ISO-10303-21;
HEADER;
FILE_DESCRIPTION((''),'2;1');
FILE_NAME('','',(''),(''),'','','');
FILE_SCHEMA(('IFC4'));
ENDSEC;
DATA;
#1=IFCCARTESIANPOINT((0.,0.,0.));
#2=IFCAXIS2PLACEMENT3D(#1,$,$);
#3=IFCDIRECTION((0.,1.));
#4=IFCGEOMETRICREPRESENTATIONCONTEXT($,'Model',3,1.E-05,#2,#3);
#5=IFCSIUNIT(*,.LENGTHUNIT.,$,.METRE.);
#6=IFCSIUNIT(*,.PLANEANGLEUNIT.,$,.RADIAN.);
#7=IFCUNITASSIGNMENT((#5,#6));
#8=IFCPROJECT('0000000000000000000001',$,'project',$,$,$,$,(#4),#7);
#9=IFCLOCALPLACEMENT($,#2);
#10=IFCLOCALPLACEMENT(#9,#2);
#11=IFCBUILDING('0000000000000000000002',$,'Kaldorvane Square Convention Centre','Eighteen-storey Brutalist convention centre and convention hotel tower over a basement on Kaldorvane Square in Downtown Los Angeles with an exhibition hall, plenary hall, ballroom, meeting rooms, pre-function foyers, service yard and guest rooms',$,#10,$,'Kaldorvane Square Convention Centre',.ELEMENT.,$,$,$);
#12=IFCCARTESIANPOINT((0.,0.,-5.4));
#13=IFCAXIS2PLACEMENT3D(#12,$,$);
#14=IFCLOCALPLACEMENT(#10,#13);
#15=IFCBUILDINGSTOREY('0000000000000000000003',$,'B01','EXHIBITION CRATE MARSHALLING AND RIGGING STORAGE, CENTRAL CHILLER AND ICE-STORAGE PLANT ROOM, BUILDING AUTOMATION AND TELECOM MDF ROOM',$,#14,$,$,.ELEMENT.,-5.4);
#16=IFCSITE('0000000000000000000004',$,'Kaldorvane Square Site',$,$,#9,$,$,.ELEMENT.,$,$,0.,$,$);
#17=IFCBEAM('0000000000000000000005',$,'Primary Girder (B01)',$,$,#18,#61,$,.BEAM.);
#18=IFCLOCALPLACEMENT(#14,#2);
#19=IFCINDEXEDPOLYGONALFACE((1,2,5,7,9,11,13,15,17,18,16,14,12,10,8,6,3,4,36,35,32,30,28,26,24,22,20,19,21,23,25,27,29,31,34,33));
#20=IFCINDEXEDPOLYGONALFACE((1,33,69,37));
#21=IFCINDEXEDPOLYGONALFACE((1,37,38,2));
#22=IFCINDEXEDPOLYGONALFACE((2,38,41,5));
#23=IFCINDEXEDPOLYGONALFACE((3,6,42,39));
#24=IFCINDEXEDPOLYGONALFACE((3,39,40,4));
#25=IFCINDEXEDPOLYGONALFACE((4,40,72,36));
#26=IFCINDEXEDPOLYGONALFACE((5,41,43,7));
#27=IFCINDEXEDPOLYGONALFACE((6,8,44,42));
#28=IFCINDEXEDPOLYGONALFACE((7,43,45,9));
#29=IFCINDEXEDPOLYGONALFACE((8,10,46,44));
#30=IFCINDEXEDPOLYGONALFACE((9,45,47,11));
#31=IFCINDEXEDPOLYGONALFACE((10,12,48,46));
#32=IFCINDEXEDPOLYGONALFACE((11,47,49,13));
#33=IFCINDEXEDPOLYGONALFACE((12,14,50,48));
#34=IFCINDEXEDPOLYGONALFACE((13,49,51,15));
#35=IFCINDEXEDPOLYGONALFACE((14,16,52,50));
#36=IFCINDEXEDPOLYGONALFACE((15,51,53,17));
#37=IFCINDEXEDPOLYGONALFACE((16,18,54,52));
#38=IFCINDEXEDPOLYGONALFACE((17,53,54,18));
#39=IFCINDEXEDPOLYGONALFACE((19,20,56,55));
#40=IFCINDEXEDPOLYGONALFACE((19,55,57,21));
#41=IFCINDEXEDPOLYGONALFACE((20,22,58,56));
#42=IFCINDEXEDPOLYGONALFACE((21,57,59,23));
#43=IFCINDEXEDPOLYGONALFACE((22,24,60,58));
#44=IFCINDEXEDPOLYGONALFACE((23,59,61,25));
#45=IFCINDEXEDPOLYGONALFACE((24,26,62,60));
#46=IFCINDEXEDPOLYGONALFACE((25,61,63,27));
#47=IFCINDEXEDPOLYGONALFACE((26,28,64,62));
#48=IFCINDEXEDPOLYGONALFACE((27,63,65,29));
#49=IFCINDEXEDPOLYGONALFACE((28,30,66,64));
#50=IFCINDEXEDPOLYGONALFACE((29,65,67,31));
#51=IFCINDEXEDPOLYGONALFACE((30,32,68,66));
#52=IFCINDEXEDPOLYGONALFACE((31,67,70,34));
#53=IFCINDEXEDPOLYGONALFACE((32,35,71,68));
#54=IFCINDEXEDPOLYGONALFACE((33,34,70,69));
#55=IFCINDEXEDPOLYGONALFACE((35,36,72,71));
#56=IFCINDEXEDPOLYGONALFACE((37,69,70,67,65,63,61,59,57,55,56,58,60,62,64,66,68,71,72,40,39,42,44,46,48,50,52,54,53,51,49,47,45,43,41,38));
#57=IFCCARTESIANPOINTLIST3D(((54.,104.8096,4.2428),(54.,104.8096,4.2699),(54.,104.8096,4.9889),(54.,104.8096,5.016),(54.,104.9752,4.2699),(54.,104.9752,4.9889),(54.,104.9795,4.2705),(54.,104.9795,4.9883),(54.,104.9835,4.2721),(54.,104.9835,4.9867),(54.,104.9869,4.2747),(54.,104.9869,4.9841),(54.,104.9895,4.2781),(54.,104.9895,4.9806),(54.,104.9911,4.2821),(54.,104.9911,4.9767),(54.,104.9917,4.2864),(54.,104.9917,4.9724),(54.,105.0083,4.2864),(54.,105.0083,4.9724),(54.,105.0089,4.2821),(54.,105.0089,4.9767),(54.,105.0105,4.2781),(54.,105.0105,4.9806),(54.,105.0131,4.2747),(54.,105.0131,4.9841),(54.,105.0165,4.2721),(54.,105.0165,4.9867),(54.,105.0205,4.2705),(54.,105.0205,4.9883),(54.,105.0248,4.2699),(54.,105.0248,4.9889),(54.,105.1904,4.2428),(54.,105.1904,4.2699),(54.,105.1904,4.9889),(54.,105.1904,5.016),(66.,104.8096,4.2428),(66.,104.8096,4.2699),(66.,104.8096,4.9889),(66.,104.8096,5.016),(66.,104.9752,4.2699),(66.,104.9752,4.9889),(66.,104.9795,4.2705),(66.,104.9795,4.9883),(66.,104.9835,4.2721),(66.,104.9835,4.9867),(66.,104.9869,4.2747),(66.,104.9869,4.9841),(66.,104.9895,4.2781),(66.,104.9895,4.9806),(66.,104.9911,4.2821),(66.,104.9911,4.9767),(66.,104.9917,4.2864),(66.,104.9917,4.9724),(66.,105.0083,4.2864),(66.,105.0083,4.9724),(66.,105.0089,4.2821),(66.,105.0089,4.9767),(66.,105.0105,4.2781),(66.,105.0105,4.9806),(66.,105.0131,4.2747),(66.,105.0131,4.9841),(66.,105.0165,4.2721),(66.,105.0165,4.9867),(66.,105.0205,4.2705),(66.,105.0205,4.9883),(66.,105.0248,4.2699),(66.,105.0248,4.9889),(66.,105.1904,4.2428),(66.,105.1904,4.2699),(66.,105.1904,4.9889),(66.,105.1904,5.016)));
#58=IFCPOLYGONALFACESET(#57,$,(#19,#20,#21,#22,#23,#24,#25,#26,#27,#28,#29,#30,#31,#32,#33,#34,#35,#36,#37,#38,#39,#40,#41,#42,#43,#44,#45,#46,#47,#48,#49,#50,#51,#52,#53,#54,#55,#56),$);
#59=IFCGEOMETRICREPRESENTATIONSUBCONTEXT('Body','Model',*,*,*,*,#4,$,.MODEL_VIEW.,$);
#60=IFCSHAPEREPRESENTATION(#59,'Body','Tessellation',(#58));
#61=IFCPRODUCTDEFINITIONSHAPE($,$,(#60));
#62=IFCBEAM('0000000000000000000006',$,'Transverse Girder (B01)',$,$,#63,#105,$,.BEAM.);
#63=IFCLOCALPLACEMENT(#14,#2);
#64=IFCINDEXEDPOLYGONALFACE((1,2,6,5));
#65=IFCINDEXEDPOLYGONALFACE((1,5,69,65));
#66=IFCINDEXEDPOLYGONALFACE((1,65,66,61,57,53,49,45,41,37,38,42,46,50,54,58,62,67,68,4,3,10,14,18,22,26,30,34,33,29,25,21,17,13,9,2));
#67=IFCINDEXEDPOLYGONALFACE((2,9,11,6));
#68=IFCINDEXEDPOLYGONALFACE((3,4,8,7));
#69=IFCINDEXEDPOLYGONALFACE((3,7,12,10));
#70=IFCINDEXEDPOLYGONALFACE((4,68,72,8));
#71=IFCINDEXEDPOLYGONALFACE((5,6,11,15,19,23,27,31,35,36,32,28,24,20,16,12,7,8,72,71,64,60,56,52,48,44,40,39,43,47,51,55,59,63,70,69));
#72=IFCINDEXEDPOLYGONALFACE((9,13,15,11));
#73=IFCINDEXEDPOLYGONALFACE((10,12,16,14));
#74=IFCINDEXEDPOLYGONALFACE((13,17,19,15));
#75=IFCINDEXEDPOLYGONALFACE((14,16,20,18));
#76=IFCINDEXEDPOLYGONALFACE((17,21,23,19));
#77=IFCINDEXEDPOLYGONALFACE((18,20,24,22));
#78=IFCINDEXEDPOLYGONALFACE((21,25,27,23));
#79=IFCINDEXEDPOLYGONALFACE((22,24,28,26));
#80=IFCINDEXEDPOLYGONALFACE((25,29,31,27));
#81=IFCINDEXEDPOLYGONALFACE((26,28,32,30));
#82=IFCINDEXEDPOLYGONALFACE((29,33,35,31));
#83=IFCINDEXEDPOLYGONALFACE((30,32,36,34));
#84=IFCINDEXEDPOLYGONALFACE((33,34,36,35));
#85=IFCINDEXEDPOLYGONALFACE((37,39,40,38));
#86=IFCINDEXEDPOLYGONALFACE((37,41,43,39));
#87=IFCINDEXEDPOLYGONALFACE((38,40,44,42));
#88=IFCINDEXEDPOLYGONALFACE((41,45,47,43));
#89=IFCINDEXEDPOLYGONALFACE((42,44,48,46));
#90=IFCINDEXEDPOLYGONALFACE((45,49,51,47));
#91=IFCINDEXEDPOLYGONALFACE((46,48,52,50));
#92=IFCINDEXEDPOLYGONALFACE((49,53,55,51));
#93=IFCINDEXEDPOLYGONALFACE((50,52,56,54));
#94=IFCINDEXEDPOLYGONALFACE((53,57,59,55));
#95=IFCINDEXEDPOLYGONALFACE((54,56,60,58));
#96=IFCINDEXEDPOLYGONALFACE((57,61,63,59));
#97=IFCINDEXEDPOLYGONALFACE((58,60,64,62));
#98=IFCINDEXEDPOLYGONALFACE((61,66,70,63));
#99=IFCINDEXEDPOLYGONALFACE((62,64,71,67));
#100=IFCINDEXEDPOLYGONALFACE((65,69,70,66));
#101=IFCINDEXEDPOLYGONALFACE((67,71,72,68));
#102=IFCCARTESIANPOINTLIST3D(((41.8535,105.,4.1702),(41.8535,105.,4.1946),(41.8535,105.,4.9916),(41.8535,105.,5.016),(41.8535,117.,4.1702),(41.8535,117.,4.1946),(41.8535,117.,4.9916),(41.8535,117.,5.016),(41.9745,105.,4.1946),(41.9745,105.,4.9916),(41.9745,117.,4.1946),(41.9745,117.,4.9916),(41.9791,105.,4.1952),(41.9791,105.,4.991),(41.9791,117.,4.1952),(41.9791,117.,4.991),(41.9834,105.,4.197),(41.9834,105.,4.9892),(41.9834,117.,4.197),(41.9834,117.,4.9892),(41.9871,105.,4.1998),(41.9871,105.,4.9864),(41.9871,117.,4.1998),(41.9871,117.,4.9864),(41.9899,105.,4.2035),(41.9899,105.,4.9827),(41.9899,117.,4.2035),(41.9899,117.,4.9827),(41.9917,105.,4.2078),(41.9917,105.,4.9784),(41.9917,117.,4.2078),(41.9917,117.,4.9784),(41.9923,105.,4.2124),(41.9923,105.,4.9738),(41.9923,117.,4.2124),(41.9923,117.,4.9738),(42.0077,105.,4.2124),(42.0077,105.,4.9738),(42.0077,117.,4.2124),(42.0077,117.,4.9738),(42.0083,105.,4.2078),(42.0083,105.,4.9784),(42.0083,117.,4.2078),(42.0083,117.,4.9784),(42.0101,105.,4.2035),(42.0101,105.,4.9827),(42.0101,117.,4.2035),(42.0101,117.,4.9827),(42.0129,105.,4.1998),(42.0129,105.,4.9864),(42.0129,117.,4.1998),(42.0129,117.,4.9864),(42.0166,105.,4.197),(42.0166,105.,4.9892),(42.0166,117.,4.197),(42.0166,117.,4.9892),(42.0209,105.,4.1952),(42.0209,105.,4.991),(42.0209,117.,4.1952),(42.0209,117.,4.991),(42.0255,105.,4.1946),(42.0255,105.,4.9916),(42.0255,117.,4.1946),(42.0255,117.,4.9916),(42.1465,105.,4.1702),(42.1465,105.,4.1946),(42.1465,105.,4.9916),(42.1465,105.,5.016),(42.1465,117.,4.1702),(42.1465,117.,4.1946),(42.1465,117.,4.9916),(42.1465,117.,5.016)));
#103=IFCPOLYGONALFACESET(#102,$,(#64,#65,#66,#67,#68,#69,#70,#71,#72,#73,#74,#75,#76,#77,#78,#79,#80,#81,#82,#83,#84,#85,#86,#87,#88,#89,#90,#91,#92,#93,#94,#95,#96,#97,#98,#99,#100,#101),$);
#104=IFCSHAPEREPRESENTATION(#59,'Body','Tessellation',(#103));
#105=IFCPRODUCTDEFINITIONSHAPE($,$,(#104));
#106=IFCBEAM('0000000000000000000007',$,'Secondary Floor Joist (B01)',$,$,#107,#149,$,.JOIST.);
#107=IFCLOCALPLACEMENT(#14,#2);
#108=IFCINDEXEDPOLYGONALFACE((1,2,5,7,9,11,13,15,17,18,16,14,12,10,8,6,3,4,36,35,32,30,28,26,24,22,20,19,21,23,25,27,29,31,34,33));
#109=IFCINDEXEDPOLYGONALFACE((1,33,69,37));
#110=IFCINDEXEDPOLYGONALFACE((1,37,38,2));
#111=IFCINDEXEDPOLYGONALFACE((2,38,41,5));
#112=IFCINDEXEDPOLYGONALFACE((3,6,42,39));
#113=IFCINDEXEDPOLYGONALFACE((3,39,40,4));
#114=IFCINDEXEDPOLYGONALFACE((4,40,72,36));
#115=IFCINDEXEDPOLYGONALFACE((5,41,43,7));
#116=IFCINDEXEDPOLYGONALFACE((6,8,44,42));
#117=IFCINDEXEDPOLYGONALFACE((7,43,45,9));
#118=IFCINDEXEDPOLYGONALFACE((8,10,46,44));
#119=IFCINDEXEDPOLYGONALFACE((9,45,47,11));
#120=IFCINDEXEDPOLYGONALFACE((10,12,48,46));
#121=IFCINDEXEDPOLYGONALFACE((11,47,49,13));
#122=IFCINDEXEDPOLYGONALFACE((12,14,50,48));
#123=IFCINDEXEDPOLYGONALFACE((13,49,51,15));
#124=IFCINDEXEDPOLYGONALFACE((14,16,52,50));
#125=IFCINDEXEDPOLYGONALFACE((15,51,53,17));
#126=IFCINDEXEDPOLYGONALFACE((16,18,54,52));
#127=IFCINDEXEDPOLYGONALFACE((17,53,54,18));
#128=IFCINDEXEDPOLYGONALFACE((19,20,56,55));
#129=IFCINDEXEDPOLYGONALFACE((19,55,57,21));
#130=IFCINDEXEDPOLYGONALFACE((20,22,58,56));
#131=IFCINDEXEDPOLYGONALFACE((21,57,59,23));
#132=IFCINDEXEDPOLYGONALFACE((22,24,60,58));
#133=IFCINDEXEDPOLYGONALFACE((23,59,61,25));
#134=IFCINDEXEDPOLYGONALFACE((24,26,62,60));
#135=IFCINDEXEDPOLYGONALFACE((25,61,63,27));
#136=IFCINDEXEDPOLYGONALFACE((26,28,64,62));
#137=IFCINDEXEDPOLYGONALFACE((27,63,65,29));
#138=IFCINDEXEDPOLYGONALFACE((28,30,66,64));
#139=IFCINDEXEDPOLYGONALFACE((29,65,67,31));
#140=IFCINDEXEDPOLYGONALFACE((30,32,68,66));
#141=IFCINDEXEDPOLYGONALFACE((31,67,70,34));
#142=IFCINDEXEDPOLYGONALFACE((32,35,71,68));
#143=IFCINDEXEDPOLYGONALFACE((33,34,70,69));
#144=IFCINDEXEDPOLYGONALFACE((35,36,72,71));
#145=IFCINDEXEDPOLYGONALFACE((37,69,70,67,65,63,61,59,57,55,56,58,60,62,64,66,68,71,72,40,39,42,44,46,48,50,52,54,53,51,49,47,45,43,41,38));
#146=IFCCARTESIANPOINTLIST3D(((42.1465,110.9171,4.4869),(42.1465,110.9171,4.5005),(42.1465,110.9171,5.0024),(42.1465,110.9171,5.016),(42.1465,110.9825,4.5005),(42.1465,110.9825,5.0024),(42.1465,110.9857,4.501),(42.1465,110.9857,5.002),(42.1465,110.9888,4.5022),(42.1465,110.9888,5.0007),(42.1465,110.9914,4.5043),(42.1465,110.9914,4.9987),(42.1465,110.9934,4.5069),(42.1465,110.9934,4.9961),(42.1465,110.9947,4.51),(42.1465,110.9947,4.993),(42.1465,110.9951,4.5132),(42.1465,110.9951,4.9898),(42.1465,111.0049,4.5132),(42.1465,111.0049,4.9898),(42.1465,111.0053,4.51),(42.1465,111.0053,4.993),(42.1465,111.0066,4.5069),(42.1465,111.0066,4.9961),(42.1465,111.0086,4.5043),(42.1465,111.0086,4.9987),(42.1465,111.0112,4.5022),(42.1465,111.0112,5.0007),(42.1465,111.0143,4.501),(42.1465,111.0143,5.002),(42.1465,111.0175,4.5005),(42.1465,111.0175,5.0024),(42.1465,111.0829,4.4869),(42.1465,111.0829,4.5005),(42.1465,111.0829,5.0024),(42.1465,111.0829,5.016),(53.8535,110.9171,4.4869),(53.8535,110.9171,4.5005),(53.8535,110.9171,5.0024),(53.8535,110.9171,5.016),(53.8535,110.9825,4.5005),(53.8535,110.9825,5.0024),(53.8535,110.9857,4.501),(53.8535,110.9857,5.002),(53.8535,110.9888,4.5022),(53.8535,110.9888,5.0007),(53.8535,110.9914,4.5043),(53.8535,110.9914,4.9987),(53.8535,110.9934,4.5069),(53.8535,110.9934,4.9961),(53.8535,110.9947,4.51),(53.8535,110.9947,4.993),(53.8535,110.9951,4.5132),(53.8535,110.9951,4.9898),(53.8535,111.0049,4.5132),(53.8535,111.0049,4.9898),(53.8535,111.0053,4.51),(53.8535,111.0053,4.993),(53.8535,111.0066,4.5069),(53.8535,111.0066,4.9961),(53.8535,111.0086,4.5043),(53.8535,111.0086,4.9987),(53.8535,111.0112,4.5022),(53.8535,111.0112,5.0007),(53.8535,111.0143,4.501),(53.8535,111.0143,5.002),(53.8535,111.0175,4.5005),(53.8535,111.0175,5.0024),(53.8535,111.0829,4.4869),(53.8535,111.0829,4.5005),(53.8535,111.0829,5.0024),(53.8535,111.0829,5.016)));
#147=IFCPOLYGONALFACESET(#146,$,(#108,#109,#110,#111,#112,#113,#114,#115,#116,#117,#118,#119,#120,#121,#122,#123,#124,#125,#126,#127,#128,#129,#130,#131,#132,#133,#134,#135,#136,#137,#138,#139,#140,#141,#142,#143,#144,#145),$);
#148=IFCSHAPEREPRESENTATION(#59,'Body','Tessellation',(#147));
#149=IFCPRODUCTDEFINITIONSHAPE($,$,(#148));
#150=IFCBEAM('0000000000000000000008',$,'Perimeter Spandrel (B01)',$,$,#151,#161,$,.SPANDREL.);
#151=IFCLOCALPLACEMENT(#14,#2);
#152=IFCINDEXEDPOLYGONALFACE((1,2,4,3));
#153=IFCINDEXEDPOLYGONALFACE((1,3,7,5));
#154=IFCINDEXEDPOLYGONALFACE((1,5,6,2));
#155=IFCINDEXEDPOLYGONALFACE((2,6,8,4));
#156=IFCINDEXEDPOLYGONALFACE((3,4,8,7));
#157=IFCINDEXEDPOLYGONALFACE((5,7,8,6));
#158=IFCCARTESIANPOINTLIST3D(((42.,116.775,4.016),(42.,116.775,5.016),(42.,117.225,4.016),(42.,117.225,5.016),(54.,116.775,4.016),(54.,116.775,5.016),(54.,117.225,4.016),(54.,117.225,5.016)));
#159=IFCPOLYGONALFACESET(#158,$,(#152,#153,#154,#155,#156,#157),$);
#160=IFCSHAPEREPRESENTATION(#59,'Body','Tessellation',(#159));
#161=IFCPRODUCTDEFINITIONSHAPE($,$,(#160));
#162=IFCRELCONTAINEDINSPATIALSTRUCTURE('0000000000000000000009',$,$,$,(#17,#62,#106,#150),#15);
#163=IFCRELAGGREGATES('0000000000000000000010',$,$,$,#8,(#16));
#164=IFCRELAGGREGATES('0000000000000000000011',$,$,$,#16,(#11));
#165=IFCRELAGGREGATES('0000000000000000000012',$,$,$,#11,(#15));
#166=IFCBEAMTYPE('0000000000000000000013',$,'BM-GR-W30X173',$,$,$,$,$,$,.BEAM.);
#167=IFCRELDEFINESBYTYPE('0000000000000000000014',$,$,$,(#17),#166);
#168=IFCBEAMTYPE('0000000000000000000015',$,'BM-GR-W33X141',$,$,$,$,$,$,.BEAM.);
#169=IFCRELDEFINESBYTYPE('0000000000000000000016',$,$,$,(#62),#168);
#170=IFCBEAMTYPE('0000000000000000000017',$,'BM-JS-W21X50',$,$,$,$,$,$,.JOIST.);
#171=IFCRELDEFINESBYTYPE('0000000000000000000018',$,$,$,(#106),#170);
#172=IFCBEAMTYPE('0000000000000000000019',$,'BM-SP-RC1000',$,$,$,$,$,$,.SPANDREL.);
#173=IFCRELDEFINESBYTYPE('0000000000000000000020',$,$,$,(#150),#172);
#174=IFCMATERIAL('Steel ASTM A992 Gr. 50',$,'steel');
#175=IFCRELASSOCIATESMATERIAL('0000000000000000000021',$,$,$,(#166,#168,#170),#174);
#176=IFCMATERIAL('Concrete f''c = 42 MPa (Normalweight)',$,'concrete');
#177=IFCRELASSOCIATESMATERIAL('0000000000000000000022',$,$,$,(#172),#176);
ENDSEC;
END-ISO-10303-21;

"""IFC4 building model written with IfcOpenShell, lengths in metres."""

from ifc_helpers import new_model, si_unit, direction, frame, origin, origin_2d, place, context, subcontext, project, spatial, rectangle, i_section, extrude, material, material_profile, profile_set, type_object, element, save


model = new_model("IFC4")

# Units and contexts
model_context = context("Model", 3, precision=1e-05, world=origin(), true_north=direction((0.0, 1.0)))
body_context = subcontext(model_context, "Body", "Model", "MODEL_VIEW")
ifc_project = project(units=[si_unit("LENGTHUNIT", "METRE"), si_unit("PLANEANGLEUNIT", "RADIAN")], contexts=[model_context])

# Site, building, storey
site_placement = place(None, origin())
site = spatial("IfcSite", under=ifc_project, at=site_placement, Name="Kaldorvane Square Site", CompositionType="ELEMENT", RefElevation=0.0)
building_placement = place(site_placement, origin())
building = spatial("IfcBuilding", under=site, at=building_placement, Name="Kaldorvane Square Convention Centre", Description="Eighteen-storey Brutalist convention centre and convention hotel tower over a basement on Kaldorvane Square in Downtown Los Angeles with an exhibition hall, plenary hall, ballroom, meeting rooms, pre-function foyers, service yard and guest rooms", LongName="Kaldorvane Square Convention Centre", CompositionType="ELEMENT")
storey_placement = place(building_placement, frame((0.0, 0.0, -5.4)))
storey = spatial("IfcBuildingStorey", under=building, at=storey_placement, Name="B01", Description="EXHIBITION CRATE MARSHALLING AND RIGGING STORAGE, CENTRAL CHILLER AND ICE-STORAGE PLANT ROOM, BUILDING AUTOMATION AND TELECOM MDF ROOM", CompositionType="ELEMENT", Elevation=-5.4)

# Shared definitions
ifc_material_1 = material(Name="Concrete f'c = 42 MPa (Normalweight)", Category="concrete")

# Shared definitions
ifc_material_2 = material(Name="Steel ASTM A992 Gr. 50", Category="steel")

# Beams
ifc_material_profile_1 = material_profile(ifc_material_2, i_section(OverallWidth=0.3807, OverallDepth=0.7732, WebThickness=0.0166, FlangeThickness=0.0271, FilletRadius=0.0165, at=origin_2d()), Name="W30X173")
ifc_profile_set_1 = profile_set([ifc_material_profile_1], Name="Steel ASTM A992 Gr. 50")
beam_type_1 = type_object("IfcBeamType", Name="BM-GR-W30X173", PredefinedType="BEAM", material=ifc_profile_set_1)
for number, where, z_axis, x_axis, name in (
    (1, (54.0, 105.0, 4.6294), (1.0, 0.0, 0.0), (0.0, 1.0, 0.0), "Primary Girder (B01)"),
):
    element("IfcBeam", number, at=place(storey_placement, frame(where, z_axis=z_axis, x_axis=x_axis)), inside=storey, type_object=beam_type_1, Name=name, PredefinedType="BEAM", context=body_context, shape_type="SweptSolid", body=[
        extrude(i_section(OverallWidth=0.3807, OverallDepth=0.7732, WebThickness=0.0166, FlangeThickness=0.0271, FilletRadius=0.0165, at=origin_2d()), origin(), (0.0, 0.0, 1.0), 12.0),
    ])
ifc_material_profile_2 = material_profile(ifc_material_2, i_section(OverallWidth=0.293, OverallDepth=0.8458, WebThickness=0.0154, FlangeThickness=0.0244, FilletRadius=0.0178, at=origin_2d()), Name="W33X141")
ifc_profile_set_2 = profile_set([ifc_material_profile_2], Name="Steel ASTM A992 Gr. 50")
beam_type_2 = type_object("IfcBeamType", Name="BM-GR-W33X141", PredefinedType="BEAM", material=ifc_profile_set_2)
beam_1_placement = place(storey_placement, frame((42.0, 105.0, 4.5931), z_axis=(0.0, 1.0, 0.0), x_axis=(-1.0, 0.0, 0.0)))
element("IfcBeam", 2, at=beam_1_placement, inside=storey, type_object=beam_type_2, Name="Transverse Girder (B01)", PredefinedType="BEAM", context=body_context, shape_type="SweptSolid", body=[
    extrude(i_section(OverallWidth=0.293, OverallDepth=0.8458, WebThickness=0.0154, FlangeThickness=0.0244, FilletRadius=0.0178, at=origin_2d()), origin(), (0.0, 0.0, 1.0), 12.0),
])
ifc_material_profile_3 = material_profile(ifc_material_2, i_section(OverallWidth=0.1659, OverallDepth=0.5291, WebThickness=0.0097, FlangeThickness=0.0136, FilletRadius=0.0127, at=origin_2d()), Name="W21X50")
ifc_profile_set_3 = profile_set([ifc_material_profile_3], Name="Steel ASTM A992 Gr. 50")
beam_type_3 = type_object("IfcBeamType", Name="BM-JS-W21X50", PredefinedType="JOIST", material=ifc_profile_set_3)
beam_2_placement = place(storey_placement, frame((42.1465, 111.0, 4.7515), z_axis=(1.0, 0.0, 0.0), x_axis=(0.0, 1.0, 0.0)))
element("IfcBeam", 3, at=beam_2_placement, inside=storey, type_object=beam_type_3, Name="Secondary Floor Joist (B01)", PredefinedType="JOIST", context=body_context, shape_type="SweptSolid", body=[
    extrude(i_section(OverallWidth=0.1659, OverallDepth=0.5291, WebThickness=0.0097, FlangeThickness=0.0136, FilletRadius=0.0127, at=origin_2d()), origin(), (0.0, 0.0, 1.0), 11.707),
])
ifc_material_profile_4 = material_profile(ifc_material_1, rectangle(XDim=0.45, YDim=1.0, at=origin_2d()), Name="RCSP1000X450")
ifc_profile_set_4 = profile_set([ifc_material_profile_4], Name="Concrete f'c = 42 MPa (Normalweight)")
beam_type_4 = type_object("IfcBeamType", Name="BM-SP-RC1000", PredefinedType="SPANDREL", material=ifc_profile_set_4)
beam_3_placement = place(storey_placement, frame((42.0, 117.0, 4.516), z_axis=(1.0, 0.0, 0.0), x_axis=(0.0, 1.0, 0.0)))
element("IfcBeam", 4, at=beam_3_placement, inside=storey, type_object=beam_type_4, Name="Perimeter Spandrel (B01)", PredefinedType="SPANDREL", context=body_context, shape_type="SweptSolid", body=[
    extrude(rectangle(XDim=0.45, YDim=1.0, at=origin_2d()), origin(), (0.0, 0.0, 1.0), 12.0),
])

save(model, "model.ifc")
